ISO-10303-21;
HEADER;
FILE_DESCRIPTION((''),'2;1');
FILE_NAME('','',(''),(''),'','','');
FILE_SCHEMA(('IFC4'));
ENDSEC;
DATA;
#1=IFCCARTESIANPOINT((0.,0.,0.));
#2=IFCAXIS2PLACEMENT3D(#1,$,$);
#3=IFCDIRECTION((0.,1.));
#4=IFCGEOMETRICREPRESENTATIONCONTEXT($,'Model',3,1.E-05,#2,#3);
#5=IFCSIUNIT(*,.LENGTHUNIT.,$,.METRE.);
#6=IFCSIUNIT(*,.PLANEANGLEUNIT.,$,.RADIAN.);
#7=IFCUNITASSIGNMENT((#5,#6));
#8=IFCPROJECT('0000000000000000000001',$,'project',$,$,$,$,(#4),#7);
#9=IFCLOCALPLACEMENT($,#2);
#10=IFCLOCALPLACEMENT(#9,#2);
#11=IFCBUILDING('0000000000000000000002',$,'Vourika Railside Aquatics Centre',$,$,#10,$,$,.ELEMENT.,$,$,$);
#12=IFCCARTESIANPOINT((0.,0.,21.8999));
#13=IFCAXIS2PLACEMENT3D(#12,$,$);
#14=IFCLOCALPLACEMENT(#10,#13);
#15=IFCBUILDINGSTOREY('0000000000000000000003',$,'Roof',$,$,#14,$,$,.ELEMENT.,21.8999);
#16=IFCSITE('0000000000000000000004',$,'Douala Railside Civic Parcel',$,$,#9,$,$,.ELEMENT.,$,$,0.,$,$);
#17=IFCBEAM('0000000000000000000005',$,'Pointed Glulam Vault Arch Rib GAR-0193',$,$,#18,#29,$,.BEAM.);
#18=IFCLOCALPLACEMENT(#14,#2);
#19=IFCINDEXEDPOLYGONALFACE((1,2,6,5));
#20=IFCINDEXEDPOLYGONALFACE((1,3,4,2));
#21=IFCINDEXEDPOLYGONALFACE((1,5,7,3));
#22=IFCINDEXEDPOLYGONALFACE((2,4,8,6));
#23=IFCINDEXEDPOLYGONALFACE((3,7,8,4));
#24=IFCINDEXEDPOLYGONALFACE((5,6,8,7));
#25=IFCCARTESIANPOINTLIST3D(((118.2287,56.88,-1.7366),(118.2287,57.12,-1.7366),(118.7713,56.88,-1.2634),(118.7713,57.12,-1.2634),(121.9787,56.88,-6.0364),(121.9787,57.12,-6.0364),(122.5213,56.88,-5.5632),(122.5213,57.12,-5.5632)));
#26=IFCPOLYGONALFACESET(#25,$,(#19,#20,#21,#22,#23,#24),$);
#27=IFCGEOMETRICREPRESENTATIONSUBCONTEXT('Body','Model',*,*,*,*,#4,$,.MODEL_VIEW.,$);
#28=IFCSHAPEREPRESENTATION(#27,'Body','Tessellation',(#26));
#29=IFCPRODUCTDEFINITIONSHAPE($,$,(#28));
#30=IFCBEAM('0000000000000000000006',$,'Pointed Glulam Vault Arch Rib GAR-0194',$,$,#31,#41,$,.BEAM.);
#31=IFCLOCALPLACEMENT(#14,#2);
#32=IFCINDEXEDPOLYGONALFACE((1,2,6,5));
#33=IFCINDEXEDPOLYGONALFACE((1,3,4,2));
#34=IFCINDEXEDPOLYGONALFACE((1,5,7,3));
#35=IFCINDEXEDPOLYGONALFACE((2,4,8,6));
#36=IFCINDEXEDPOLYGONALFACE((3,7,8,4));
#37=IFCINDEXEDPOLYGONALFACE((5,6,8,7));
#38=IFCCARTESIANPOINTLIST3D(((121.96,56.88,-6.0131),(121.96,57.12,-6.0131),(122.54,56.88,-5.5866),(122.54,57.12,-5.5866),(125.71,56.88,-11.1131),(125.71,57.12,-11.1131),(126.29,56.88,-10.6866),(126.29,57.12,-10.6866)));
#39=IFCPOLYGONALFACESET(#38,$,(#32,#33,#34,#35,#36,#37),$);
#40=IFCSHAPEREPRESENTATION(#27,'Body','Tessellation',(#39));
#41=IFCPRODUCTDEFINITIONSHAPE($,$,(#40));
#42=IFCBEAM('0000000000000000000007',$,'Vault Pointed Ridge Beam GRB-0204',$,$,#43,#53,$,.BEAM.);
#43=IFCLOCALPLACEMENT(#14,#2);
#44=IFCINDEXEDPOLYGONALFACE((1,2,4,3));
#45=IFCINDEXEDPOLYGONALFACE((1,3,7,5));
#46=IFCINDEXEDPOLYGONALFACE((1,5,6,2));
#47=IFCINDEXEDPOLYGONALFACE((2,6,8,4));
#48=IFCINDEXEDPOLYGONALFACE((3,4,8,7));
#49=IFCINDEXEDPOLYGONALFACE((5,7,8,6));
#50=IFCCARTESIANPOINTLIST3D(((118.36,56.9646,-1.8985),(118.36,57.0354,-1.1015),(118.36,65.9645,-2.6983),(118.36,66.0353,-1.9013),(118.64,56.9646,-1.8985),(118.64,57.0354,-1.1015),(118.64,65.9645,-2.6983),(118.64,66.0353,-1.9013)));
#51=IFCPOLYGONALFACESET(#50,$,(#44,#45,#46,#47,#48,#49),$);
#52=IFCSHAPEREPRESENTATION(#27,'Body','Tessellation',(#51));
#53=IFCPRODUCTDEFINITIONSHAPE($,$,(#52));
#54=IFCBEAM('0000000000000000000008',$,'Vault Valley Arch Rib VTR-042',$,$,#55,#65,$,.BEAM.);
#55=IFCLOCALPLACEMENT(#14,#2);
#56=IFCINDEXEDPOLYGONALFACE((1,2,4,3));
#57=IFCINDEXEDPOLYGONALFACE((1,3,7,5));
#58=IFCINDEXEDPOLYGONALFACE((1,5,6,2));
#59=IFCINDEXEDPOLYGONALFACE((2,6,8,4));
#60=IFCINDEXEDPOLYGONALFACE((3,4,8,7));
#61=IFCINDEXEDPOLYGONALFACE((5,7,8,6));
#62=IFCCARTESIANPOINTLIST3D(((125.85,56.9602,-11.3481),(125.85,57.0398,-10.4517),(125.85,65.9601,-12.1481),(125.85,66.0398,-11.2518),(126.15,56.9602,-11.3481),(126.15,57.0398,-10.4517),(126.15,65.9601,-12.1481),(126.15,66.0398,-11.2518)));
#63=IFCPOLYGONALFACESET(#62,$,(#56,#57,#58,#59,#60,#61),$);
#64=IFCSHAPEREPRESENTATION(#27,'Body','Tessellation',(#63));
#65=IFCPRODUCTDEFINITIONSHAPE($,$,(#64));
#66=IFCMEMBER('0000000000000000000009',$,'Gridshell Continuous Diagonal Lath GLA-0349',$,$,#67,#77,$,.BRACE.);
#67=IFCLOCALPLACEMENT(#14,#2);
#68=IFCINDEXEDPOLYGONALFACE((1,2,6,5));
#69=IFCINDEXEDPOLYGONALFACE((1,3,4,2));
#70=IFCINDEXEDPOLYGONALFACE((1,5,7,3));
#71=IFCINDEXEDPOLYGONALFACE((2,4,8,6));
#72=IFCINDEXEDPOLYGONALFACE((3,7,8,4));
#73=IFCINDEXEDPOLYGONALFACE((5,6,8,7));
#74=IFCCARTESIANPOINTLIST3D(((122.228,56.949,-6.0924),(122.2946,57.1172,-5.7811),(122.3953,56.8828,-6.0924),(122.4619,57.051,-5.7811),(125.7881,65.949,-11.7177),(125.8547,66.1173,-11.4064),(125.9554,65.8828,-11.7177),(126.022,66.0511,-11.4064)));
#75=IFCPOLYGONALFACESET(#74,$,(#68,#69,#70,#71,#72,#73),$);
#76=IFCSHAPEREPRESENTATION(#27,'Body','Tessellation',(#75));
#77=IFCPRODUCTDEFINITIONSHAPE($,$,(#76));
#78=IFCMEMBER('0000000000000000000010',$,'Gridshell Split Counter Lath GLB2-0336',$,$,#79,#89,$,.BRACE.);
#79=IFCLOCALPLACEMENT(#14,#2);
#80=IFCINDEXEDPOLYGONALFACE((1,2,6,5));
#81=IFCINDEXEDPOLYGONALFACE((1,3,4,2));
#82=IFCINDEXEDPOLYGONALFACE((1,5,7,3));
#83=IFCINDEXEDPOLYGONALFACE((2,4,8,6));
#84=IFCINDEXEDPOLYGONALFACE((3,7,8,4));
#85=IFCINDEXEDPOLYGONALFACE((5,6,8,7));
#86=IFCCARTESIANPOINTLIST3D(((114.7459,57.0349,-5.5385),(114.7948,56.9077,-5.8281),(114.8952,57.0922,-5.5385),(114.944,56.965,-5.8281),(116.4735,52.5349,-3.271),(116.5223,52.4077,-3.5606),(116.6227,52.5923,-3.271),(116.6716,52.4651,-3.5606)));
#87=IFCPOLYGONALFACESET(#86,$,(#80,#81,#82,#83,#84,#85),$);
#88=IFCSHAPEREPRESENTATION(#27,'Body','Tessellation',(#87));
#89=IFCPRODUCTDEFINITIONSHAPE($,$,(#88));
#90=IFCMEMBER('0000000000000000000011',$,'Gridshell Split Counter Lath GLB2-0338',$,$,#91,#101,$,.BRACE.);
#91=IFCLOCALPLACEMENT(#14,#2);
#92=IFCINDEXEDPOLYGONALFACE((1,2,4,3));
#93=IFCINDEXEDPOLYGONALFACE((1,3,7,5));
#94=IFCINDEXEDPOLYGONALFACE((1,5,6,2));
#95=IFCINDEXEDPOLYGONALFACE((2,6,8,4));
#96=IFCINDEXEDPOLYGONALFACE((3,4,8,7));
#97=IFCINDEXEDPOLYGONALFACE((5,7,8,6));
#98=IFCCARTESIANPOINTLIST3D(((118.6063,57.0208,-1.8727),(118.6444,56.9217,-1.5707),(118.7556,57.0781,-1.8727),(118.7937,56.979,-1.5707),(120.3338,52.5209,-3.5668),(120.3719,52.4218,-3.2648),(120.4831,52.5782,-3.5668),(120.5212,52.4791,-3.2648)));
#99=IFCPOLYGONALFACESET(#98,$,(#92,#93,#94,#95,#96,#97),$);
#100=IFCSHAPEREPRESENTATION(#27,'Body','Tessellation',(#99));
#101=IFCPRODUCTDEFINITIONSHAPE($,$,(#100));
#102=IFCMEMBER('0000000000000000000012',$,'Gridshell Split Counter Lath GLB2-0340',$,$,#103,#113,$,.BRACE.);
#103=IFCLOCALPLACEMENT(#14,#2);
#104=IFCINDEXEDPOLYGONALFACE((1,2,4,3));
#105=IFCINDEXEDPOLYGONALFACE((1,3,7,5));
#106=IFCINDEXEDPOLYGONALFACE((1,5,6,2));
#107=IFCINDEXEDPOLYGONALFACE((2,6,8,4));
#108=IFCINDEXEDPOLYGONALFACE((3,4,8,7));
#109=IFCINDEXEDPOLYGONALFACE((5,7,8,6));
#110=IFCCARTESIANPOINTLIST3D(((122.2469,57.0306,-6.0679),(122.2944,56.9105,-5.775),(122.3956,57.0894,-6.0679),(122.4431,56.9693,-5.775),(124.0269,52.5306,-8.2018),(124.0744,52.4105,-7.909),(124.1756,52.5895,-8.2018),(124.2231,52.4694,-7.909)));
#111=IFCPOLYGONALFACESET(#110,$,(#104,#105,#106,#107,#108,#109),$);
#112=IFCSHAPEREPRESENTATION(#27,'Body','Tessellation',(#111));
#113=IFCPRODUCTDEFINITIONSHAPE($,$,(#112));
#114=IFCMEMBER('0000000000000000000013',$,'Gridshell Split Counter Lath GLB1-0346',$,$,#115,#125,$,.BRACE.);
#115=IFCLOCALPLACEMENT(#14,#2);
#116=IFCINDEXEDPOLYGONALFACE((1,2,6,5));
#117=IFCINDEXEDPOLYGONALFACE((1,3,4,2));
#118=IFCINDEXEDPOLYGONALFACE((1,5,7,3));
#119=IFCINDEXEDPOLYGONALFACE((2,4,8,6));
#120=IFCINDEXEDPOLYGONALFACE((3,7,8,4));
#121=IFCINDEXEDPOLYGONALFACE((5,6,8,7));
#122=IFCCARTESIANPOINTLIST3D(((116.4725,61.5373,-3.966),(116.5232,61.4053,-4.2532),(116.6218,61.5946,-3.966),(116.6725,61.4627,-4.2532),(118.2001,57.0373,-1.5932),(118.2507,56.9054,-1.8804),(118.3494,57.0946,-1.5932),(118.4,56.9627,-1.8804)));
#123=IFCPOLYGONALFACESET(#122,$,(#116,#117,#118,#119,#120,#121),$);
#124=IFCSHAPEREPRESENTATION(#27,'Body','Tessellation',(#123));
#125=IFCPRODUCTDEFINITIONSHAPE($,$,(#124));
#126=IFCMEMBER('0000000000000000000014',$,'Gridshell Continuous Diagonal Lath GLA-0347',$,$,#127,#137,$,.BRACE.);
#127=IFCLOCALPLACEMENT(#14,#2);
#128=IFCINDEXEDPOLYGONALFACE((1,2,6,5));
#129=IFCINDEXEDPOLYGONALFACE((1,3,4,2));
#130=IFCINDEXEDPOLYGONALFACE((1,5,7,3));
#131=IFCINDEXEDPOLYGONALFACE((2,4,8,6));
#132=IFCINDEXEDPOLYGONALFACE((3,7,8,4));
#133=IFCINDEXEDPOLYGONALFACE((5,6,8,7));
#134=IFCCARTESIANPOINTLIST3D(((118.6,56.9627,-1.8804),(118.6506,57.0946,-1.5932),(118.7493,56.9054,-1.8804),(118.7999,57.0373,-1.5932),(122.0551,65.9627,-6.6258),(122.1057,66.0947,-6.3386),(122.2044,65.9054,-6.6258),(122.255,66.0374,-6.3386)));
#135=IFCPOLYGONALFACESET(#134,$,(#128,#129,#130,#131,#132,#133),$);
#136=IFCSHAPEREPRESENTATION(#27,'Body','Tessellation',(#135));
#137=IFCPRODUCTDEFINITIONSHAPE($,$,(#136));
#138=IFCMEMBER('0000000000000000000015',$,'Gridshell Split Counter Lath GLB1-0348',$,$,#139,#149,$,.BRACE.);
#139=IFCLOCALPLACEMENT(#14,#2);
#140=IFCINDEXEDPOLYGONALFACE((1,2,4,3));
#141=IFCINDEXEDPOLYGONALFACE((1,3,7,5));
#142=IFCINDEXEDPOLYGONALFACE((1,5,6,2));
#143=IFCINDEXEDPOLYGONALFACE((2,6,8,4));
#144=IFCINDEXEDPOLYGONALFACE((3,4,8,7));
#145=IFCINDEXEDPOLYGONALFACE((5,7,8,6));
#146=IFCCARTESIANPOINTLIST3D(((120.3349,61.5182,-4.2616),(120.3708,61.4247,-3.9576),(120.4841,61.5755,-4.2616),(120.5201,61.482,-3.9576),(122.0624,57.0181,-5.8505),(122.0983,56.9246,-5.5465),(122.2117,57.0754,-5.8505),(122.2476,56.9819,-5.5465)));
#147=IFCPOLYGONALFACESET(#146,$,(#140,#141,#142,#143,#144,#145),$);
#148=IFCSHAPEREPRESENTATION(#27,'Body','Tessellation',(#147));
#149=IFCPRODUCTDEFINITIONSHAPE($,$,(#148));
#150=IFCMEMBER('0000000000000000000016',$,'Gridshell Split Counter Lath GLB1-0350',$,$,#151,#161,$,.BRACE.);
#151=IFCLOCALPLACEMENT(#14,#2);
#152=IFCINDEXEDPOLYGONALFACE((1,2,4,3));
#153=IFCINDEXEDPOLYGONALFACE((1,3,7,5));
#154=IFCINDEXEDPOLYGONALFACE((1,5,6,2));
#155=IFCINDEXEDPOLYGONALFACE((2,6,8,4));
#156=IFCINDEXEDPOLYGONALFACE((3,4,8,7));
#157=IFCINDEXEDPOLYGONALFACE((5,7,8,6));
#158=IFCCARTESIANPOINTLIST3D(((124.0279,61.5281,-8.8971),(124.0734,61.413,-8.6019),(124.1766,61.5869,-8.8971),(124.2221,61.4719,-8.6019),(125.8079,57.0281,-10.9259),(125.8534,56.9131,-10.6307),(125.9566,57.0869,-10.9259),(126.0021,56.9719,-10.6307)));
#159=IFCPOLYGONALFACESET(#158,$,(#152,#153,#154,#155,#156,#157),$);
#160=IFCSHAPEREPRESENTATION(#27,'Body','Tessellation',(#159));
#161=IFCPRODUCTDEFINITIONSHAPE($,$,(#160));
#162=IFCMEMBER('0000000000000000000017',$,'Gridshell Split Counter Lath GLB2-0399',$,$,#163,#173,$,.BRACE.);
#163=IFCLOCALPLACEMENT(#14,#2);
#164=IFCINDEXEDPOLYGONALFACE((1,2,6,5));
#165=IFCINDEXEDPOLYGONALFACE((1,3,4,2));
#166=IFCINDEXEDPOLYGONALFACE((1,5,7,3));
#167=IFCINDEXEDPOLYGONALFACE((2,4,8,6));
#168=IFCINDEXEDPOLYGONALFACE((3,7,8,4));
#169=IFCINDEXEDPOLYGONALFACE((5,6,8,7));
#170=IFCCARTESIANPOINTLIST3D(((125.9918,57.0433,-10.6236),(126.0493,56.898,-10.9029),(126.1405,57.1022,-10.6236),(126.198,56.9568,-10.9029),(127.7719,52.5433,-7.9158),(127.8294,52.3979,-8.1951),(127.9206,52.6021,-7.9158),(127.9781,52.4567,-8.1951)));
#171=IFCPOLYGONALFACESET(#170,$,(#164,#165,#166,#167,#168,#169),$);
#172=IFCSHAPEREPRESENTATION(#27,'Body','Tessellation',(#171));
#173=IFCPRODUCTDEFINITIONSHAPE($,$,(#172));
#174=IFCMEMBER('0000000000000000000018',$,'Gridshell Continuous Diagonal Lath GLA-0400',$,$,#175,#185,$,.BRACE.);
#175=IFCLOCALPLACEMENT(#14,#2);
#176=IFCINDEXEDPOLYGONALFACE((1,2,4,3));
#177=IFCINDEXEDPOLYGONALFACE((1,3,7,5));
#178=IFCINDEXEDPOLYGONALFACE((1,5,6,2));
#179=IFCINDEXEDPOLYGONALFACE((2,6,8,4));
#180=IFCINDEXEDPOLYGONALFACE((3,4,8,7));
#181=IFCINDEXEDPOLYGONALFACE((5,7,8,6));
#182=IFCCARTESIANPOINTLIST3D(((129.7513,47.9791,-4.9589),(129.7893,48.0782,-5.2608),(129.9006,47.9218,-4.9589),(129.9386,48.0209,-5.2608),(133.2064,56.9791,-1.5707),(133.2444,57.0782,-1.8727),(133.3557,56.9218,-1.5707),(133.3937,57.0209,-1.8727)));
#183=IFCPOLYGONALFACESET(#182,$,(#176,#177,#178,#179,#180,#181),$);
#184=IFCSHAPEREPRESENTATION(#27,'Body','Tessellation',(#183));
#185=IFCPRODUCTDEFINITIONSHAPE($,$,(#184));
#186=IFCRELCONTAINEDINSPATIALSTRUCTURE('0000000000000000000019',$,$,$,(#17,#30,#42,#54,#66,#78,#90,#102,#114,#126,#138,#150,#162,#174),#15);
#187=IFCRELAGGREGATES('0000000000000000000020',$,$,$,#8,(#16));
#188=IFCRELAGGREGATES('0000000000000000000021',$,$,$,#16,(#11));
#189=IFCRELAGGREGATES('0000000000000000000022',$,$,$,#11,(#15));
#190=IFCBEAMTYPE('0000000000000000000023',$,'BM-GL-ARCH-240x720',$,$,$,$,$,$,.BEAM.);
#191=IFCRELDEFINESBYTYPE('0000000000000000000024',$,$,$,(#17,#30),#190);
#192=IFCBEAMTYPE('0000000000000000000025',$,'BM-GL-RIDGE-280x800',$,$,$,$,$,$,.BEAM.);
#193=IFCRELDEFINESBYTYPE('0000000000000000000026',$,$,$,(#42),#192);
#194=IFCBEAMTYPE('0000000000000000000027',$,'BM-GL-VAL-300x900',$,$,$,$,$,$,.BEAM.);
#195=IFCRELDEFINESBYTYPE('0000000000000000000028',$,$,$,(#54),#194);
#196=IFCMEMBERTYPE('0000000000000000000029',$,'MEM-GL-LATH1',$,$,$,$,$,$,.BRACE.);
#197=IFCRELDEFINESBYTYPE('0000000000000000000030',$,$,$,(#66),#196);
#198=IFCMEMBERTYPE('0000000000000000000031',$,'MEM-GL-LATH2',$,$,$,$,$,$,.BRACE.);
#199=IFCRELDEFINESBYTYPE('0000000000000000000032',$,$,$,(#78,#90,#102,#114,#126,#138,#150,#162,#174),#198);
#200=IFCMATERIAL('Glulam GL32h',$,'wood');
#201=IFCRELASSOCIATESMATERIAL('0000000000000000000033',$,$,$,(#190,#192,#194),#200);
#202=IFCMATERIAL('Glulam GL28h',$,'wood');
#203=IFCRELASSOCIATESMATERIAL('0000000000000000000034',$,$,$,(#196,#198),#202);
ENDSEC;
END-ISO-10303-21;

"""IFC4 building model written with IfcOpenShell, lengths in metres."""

from ifc_helpers import new_model, si_unit, direction, frame, origin, origin_2d, place, context, subcontext, project, spatial, rectangle, extrude, material, material_profile, profile_set, type_object, element, save


model = new_model("IFC4")

# Units and contexts
model_context = context("Model", 3, precision=1e-05, world=origin(), true_north=direction((0.0, 1.0)))
body_context = subcontext(model_context, "Body", "Model", "MODEL_VIEW")
ifc_project = project(units=[si_unit("LENGTHUNIT", "METRE"), si_unit("PLANEANGLEUNIT", "RADIAN")], contexts=[model_context])

# Site, building, storey
site_placement = place(None, origin())
site = spatial("IfcSite", under=ifc_project, at=site_placement, Name="Douala Railside Civic Parcel", CompositionType="ELEMENT", RefElevation=0.0)
building_placement = place(site_placement, origin())
building = spatial("IfcBuilding", under=site, at=building_placement, Name="Vourika Railside Aquatics Centre", CompositionType="ELEMENT")
storey_placement = place(building_placement, frame((0.0, 0.0, 21.8999)))
storey = spatial("IfcBuildingStorey", under=building, at=storey_placement, Name="Roof", CompositionType="ELEMENT", Elevation=21.8999)

# Beams
ifc_material_1 = material(Name="Glulam GL32h", Category="wood")
ifc_material_profile_1 = material_profile(ifc_material_1, rectangle(XDim=0.24, YDim=0.72, at=origin_2d()), Name="GL32h 240x720")
ifc_profile_set_1 = profile_set([ifc_material_profile_1], Name="Glulam GL32h")
beam_type_1 = type_object("IfcBeamType", Name="BM-GL-ARCH-240x720", PredefinedType="BEAM", material=ifc_profile_set_1)
beam_1_placement = place(storey_placement, frame((118.5, 57.0, -1.5), z_axis=(0.65728, 0.0, -0.753647), x_axis=(0.0, 1.0, 0.0)))
element("IfcBeam", 1, at=beam_1_placement, inside=storey, type_object=beam_type_1, Name="Pointed Glulam Vault Arch Rib GAR-0193", PredefinedType="BEAM", context=body_context, shape_type="SweptSolid", body=[
    extrude(rectangle(XDim=0.24, YDim=0.72, at=origin_2d()), origin(), (0.0, 0.0, 1.0), 5.7053),
])
beam_2_placement = place(storey_placement, frame((122.25, 57.0, -5.7998), z_axis=(0.592383, 0.0, -0.805656), x_axis=(0.0, 1.0, 0.0)))
element("IfcBeam", 2, at=beam_2_placement, inside=storey, type_object=beam_type_1, Name="Pointed Glulam Vault Arch Rib GAR-0194", PredefinedType="BEAM", context=body_context, shape_type="SweptSolid", body=[
    extrude(rectangle(XDim=0.24, YDim=0.72, at=origin_2d()), origin(), (0.0, 0.0, 1.0), 6.3303),
])
ifc_material_profile_2 = material_profile(ifc_material_1, rectangle(XDim=0.28, YDim=0.8, at=origin_2d()), Name="GL32h 280x800")
ifc_profile_set_2 = profile_set([ifc_material_profile_2], Name="Glulam GL32h")
beam_type_2 = type_object("IfcBeamType", Name="BM-GL-RIDGE-280x800", PredefinedType="BEAM", material=ifc_profile_set_2)
beam_3_placement = place(storey_placement, frame((118.5, 57.0, -1.5), z_axis=(0.0, 0.996075, -0.088518), x_axis=(-1.0, 0.0, 0.0)))
element("IfcBeam", 3, at=beam_3_placement, inside=storey, type_object=beam_type_2, Name="Vault Pointed Ridge Beam GRB-0204", PredefinedType="BEAM", context=body_context, shape_type="SweptSolid", body=[
    extrude(rectangle(XDim=0.28, YDim=0.8, at=origin_2d()), origin(), (0.0, 0.0, 1.0), 9.0354),
])
ifc_material_profile_3 = material_profile(ifc_material_1, rectangle(XDim=0.3, YDim=0.8999, at=origin_2d()), Name="GL32h 300x900")
ifc_profile_set_3 = profile_set([ifc_material_profile_3], Name="Glulam GL32h")
beam_type_3 = type_object("IfcBeamType", Name="BM-GL-VAL-300x900", PredefinedType="BEAM", material=ifc_profile_set_3)
beam_4_placement = place(storey_placement, frame((126.0, 57.0, -10.8999), z_axis=(0.0, 0.996072, -0.088545), x_axis=(-1.0, 0.0, 0.0)))
element("IfcBeam", 4, at=beam_4_placement, inside=storey, type_object=beam_type_3, Name="Vault Valley Arch Rib VTR-042", PredefinedType="BEAM", context=body_context, shape_type="SweptSolid", body=[
    extrude(rectangle(XDim=0.3, YDim=0.8999, at=origin_2d()), origin(), (0.0, 0.0, 1.0), 9.0354),
])

# Members
ifc_material_2 = material(Name="Glulam GL28h", Category="wood")
ifc_material_profile_4 = material_profile(ifc_material_2, rectangle(XDim=0.1799, YDim=0.3601, at=origin_2d()), Name="GL28h 180x360")
ifc_profile_set_4 = profile_set([ifc_material_profile_4], Name="Glulam GL28h")
member_type_1 = type_object("IfcMemberType", Name="MEM-GL-LATH1", PredefinedType="BRACE", material=ifc_profile_set_4)
member_1_placement = place(storey_placement, frame((122.345, 57.0, -5.9368), z_axis=(0.318018, 0.803964, -0.5025), x_axis=(-0.929893, 0.36783, 0.0)))
element("IfcMember", 5, at=member_1_placement, inside=storey, type_object=member_type_1, Name="Gridshell Continuous Diagonal Lath GLA-0349", PredefinedType="BRACE", context=body_context, shape_type="SweptSolid", body=[
    extrude(rectangle(XDim=0.1799, YDim=0.3601, at=origin_2d()), origin(), (0.0, 0.0, 1.0), 11.1946),
])
ifc_material_profile_5 = material_profile(ifc_material_2, rectangle(XDim=0.1599, YDim=0.3201, at=origin_2d()), Name="GL28h 160x320")
ifc_profile_set_5 = profile_set([ifc_material_profile_5], Name="Glulam GL28h")
member_type_2 = type_object("IfcMemberType", Name="MEM-GL-LATH2", PredefinedType="BRACE", material=ifc_profile_set_5)
member_2_placement = place(storey_placement, frame((116.5725, 52.5, -3.4158), z_axis=(-0.324302, 0.844762, -0.425681), x_axis=(-0.93357, -0.358395, 0.0)))
element("IfcMember", 6, at=member_2_placement, inside=storey, type_object=member_type_2, Name="Gridshell Split Counter Lath GLB2-0336", PredefinedType="BRACE", context=body_context, shape_type="SweptSolid", body=[
    extrude(rectangle(XDim=0.1599, YDim=0.3201, at=origin_2d()), origin(), (0.0, 0.0, 1.0), 5.3269),
])
member_3_placement = place(storey_placement, frame((120.4275, 52.5, -3.4158), z_axis=(-0.338121, 0.880757, 0.331574), x_axis=(-0.93357, -0.358395, 0.0)))
element("IfcMember", 7, at=member_3_placement, inside=storey, type_object=member_type_2, Name="Gridshell Split Counter Lath GLB2-0338", PredefinedType="BRACE", context=body_context, shape_type="SweptSolid", body=[
    extrude(rectangle(XDim=0.1599, YDim=0.3201, at=origin_2d()), origin(), (0.0, 0.0, 1.0), 5.1091),
])
member_4_placement = place(storey_placement, frame((124.125, 52.5, -8.0554), z_axis=(-0.336559, 0.850836, 0.403492), x_axis=(-0.929893, -0.36783, 0.0)))
element("IfcMember", 8, at=member_4_placement, inside=storey, type_object=member_type_2, Name="Gridshell Split Counter Lath GLB2-0340", PredefinedType="BRACE", context=body_context, shape_type="SweptSolid", body=[
    extrude(rectangle(XDim=0.1599, YDim=0.3201, at=origin_2d()), origin(), (0.0, 0.0, 1.0), 5.2888),
])
member_5_placement = place(storey_placement, frame((118.3, 57.0, -1.7368), z_axis=(-0.321548, 0.837587, -0.441651), x_axis=(-0.93357, -0.358395, 0.0)))
element("IfcMember", 9, at=member_5_placement, inside=storey, type_object=member_type_2, Name="Gridshell Split Counter Lath GLB1-0346", PredefinedType="BRACE", context=body_context, shape_type="SweptSolid", body=[
    extrude(rectangle(XDim=0.1599, YDim=0.3201, at=origin_2d()), origin(), (0.0, 0.0, 1.0), 5.3726),
])
member_6_placement = place(storey_placement, frame((118.7, 57.0, -1.7368), z_axis=(0.321551, 0.837595, -0.441632), x_axis=(-0.93357, 0.358395, 0.0)))
element("IfcMember", 10, at=member_6_placement, inside=storey, type_object=member_type_2, Name="Gridshell Continuous Diagonal Lath GLA-0347", PredefinedType="BRACE", context=body_context, shape_type="SweptSolid", body=[
    extrude(rectangle(XDim=0.1599, YDim=0.3201, at=origin_2d()), origin(), (0.0, 0.0, 1.0), 10.7451),
])
member_7_placement = place(storey_placement, frame((122.155, 57.0, -5.6985), z_axis=(-0.34038, 0.886643, 0.313057), x_axis=(-0.93357, -0.358395, 0.0)))
element("IfcMember", 11, at=member_7_placement, inside=storey, type_object=member_type_2, Name="Gridshell Split Counter Lath GLB1-0348", PredefinedType="BRACE", context=body_context, shape_type="SweptSolid", body=[
    extrude(rectangle(XDim=0.1599, YDim=0.3201, at=origin_2d()), origin(), (0.0, 0.0, 1.0), 5.0754),
])
member_8_placement = place(storey_placement, frame((125.905, 57.0, -10.7783), z_axis=(-0.339225, 0.857577, 0.386636), x_axis=(-0.929893, -0.36783, 0.0)))
element("IfcMember", 12, at=member_8_placement, inside=storey, type_object=member_type_2, Name="Gridshell Split Counter Lath GLB1-0350", PredefinedType="BRACE", context=body_context, shape_type="SweptSolid", body=[
    extrude(rectangle(XDim=0.1599, YDim=0.3201, at=origin_2d()), origin(), (0.0, 0.0, 1.0), 5.2473),
])
member_9_placement = place(storey_placement, frame((127.875, 52.5, -8.0554), z_axis=(-0.320997, 0.811496, -0.488298), x_axis=(-0.929893, -0.36783, 0.0)))
element("IfcMember", 13, at=member_9_placement, inside=storey, type_object=member_type_2, Name="Gridshell Split Counter Lath GLB2-0399", PredefinedType="BRACE", context=body_context, shape_type="SweptSolid", body=[
    extrude(rectangle(XDim=0.1599, YDim=0.3201, at=origin_2d()), origin(), (0.0, 0.0, 1.0), 5.5454),
])
member_10_placement = place(storey_placement, frame((129.845, 48.0, -5.1099), z_axis=(0.338121, 0.880757, 0.331574), x_axis=(-0.93357, 0.358395, 0.0)))
element("IfcMember", 14, at=member_10_placement, inside=storey, type_object=member_type_2, Name="Gridshell Continuous Diagonal Lath GLA-0400", PredefinedType="BRACE", context=body_context, shape_type="SweptSolid", body=[
    extrude(rectangle(XDim=0.1599, YDim=0.3201, at=origin_2d()), origin(), (0.0, 0.0, 1.0), 10.2185),
])

save(model, "model.ifc")
